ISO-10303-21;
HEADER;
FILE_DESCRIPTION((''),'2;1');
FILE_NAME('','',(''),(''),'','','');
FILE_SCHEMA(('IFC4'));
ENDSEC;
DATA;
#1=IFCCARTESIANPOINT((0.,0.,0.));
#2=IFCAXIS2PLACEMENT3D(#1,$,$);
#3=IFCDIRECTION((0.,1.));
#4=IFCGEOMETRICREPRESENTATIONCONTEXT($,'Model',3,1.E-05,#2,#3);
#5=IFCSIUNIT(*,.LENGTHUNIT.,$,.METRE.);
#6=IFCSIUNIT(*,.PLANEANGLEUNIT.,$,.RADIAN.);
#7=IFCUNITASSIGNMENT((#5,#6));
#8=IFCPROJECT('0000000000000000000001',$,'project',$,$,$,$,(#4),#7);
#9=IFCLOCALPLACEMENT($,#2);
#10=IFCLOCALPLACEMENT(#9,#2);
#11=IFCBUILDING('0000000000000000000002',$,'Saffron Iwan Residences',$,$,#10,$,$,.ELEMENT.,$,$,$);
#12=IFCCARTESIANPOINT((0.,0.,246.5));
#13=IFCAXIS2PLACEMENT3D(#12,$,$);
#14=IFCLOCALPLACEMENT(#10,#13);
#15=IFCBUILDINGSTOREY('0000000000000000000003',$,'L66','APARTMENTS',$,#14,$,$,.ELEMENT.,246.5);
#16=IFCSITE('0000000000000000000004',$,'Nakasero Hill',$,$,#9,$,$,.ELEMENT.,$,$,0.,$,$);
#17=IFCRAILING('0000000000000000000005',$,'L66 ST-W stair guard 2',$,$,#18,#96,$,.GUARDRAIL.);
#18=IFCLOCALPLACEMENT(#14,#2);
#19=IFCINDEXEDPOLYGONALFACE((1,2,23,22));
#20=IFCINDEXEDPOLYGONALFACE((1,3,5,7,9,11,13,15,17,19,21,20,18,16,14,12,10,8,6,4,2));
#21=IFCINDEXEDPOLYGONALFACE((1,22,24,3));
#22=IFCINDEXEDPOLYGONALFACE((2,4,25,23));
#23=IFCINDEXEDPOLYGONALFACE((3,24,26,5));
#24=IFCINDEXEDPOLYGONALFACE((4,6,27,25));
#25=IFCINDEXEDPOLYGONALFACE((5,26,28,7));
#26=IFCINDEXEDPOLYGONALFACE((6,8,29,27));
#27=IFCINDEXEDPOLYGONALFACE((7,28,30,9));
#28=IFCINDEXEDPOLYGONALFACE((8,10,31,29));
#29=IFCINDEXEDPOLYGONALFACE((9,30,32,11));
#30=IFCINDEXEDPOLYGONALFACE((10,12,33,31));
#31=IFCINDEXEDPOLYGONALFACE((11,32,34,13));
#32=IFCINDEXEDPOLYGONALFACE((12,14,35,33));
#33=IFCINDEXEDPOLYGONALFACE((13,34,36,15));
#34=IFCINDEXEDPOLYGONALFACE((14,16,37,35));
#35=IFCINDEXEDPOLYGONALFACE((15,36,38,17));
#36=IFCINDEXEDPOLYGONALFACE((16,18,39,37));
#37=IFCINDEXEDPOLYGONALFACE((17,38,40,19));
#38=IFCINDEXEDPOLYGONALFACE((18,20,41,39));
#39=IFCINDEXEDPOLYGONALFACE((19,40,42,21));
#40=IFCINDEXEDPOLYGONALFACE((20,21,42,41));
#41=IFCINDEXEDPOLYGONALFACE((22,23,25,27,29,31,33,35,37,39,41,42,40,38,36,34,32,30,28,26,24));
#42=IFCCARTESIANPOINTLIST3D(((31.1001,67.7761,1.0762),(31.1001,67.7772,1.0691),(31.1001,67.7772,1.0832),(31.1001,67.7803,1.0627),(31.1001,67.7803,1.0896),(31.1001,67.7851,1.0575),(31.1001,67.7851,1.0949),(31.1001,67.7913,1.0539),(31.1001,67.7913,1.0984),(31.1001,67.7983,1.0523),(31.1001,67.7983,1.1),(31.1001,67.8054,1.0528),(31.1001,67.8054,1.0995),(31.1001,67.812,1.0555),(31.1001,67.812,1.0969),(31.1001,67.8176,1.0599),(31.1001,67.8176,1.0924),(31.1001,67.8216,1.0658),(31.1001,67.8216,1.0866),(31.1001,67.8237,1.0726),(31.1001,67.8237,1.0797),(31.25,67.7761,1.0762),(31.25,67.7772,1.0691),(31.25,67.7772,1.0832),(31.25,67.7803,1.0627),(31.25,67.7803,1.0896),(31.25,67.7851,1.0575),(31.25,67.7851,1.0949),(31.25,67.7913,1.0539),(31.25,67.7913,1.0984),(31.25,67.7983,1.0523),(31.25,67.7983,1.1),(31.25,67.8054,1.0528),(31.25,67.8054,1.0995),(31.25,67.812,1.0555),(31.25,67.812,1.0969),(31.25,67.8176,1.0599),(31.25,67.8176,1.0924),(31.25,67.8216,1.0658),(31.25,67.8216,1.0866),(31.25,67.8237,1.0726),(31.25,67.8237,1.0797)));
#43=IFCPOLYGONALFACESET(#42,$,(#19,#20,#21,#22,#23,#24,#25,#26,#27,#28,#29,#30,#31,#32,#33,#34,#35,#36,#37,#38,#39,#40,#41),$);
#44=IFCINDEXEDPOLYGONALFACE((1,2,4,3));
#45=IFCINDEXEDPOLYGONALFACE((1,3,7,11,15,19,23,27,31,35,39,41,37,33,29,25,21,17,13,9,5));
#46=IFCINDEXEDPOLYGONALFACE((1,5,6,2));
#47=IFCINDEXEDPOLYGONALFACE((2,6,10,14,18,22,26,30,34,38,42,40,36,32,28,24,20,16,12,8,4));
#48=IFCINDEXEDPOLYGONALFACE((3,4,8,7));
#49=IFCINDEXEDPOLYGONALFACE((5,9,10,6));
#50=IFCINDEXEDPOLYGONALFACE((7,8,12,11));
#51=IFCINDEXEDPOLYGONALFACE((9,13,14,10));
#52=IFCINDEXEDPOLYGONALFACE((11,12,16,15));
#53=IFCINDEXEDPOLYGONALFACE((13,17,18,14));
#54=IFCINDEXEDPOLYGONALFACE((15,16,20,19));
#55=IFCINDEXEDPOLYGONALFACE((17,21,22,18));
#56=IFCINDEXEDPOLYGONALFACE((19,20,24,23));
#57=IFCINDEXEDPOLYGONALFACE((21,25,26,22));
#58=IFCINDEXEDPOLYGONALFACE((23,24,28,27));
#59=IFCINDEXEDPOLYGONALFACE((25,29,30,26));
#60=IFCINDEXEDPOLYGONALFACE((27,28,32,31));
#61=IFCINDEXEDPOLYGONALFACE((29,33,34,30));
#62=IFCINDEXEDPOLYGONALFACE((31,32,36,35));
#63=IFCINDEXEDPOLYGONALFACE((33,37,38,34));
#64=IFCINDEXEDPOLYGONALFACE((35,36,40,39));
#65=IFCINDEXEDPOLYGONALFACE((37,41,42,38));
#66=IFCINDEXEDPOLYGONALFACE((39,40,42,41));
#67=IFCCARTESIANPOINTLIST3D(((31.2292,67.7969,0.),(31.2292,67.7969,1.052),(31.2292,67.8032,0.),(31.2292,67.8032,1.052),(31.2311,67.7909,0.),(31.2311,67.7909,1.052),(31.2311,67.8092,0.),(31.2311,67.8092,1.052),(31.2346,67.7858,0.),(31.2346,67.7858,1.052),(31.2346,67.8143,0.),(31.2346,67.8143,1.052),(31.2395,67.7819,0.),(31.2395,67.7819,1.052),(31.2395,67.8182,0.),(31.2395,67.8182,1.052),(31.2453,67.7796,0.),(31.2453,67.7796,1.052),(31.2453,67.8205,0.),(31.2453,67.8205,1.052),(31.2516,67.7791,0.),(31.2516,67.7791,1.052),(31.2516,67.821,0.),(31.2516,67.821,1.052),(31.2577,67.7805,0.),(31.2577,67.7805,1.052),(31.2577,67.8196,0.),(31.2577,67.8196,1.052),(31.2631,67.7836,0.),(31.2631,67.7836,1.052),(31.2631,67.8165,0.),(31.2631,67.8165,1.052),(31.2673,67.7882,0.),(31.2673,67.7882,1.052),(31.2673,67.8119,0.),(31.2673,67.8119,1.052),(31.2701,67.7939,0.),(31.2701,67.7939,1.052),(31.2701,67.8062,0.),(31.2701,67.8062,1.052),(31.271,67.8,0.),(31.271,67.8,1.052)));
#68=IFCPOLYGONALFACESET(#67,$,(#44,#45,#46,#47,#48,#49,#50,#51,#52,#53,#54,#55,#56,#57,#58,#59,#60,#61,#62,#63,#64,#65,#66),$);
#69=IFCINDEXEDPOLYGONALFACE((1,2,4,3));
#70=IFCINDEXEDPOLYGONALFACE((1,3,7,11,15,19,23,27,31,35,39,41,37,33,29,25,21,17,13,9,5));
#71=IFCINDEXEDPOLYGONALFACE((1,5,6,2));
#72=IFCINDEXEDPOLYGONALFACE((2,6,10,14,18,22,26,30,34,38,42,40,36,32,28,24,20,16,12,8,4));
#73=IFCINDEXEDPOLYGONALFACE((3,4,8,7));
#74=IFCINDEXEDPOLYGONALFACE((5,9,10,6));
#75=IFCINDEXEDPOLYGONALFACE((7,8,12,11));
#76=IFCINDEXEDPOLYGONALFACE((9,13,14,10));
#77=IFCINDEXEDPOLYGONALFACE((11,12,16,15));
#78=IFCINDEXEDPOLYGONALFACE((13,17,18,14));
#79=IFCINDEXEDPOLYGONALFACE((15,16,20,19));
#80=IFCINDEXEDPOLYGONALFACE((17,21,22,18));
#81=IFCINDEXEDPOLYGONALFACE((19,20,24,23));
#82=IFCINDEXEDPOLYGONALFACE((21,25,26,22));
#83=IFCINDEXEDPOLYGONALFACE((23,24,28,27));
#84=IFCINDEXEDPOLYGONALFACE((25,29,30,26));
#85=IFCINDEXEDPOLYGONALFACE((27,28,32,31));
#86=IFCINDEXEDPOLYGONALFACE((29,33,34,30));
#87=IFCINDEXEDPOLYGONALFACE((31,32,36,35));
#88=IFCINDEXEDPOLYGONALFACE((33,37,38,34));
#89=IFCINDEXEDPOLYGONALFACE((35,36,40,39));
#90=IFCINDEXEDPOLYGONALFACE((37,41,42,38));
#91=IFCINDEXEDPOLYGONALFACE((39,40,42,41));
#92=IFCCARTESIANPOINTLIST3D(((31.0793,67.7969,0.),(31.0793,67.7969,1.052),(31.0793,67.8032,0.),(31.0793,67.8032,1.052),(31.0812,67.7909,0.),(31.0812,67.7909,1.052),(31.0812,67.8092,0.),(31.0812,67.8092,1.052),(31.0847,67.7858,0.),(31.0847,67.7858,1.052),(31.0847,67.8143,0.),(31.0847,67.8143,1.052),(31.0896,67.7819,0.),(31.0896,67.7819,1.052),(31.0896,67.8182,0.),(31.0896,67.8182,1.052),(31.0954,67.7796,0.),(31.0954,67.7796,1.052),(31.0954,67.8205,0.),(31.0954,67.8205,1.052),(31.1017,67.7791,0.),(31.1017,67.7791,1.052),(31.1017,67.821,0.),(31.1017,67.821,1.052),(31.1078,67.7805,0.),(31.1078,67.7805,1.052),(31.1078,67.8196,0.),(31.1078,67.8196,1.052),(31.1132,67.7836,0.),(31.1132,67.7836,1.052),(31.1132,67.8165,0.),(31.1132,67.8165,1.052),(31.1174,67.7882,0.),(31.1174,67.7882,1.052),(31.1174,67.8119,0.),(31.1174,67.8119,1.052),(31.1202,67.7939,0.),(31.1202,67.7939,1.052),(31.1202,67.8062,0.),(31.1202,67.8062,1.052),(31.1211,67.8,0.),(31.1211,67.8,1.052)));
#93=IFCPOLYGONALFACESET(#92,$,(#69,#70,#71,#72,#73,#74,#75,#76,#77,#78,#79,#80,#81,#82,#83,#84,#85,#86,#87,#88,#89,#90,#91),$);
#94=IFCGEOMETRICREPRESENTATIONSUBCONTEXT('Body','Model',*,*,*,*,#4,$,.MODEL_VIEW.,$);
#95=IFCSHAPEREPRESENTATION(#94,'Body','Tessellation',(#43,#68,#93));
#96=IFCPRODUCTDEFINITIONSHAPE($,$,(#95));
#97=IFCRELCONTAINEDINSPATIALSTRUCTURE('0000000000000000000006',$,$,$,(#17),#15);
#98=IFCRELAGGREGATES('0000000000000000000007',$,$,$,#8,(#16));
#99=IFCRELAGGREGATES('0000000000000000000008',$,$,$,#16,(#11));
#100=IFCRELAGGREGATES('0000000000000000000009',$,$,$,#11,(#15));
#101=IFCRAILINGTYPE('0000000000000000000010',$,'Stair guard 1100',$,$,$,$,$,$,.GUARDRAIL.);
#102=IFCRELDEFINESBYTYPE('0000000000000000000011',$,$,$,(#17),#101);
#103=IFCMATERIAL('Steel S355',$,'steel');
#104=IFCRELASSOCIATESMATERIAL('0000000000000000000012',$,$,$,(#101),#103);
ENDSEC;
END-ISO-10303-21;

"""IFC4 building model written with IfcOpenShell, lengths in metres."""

from ifc_helpers import new_model, si_unit, direction, frame, origin, origin_2d, place, context, subcontext, project, spatial, circle, extrude, material, type_object, element, save


model = new_model("IFC4")

# Units and contexts
model_context = context("Model", 3, precision=1e-05, world=origin(), true_north=direction((0.0, 1.0)))
body_context = subcontext(model_context, "Body", "Model", "MODEL_VIEW")
ifc_project = project(units=[si_unit("LENGTHUNIT", "METRE"), si_unit("PLANEANGLEUNIT", "RADIAN")], contexts=[model_context])

# Site, building, storey
site_placement = place(None, origin())
site = spatial("IfcSite", under=ifc_project, at=site_placement, Name="Nakasero Hill", CompositionType="ELEMENT", RefElevation=0.0)
building_placement = place(site_placement, origin())
building = spatial("IfcBuilding", under=site, at=building_placement, Name="Saffron Iwan Residences", CompositionType="ELEMENT")
storey_placement = place(building_placement, frame((0.0, 0.0, 246.5)))
storey = spatial("IfcBuildingStorey", under=building, at=storey_placement, Name="L66", Description="APARTMENTS", CompositionType="ELEMENT", Elevation=246.5)

# Railing
ifc_material_1 = material(Name="Steel S355", Category="steel")
railing_type_1 = type_object("IfcRailingType", Name="Stair guard 1100", PredefinedType="GUARDRAIL", material=ifc_material_1)
railing_1_placement = place(storey_placement, frame((31.25, 67.8, 0.0)))
element("IfcRailing", 1, at=railing_1_placement, inside=storey, type_object=railing_type_1, Name="L66 ST-W stair guard 2", PredefinedType="GUARDRAIL", context=body_context, shape_type="SweptSolid", body=[
    extrude(circle(Radius=0.0239, at=origin_2d()), frame((0.0, 0.0, 1.0762), z_axis=(-1.0, 0.0, 0.0), x_axis=(0.0, -1.0, 0.0)), (0.0, 0.0, 1.0), 0.1499),
    extrude(circle(Radius=0.021, at=origin_2d()), origin(), (0.0, 0.0, 1.0), 1.052),
    extrude(circle(Radius=0.021, at=origin_2d()), frame((-0.1499, 0.0, 0.0)), (0.0, 0.0, 1.0), 1.052),
])

save(model, "model.ifc")
